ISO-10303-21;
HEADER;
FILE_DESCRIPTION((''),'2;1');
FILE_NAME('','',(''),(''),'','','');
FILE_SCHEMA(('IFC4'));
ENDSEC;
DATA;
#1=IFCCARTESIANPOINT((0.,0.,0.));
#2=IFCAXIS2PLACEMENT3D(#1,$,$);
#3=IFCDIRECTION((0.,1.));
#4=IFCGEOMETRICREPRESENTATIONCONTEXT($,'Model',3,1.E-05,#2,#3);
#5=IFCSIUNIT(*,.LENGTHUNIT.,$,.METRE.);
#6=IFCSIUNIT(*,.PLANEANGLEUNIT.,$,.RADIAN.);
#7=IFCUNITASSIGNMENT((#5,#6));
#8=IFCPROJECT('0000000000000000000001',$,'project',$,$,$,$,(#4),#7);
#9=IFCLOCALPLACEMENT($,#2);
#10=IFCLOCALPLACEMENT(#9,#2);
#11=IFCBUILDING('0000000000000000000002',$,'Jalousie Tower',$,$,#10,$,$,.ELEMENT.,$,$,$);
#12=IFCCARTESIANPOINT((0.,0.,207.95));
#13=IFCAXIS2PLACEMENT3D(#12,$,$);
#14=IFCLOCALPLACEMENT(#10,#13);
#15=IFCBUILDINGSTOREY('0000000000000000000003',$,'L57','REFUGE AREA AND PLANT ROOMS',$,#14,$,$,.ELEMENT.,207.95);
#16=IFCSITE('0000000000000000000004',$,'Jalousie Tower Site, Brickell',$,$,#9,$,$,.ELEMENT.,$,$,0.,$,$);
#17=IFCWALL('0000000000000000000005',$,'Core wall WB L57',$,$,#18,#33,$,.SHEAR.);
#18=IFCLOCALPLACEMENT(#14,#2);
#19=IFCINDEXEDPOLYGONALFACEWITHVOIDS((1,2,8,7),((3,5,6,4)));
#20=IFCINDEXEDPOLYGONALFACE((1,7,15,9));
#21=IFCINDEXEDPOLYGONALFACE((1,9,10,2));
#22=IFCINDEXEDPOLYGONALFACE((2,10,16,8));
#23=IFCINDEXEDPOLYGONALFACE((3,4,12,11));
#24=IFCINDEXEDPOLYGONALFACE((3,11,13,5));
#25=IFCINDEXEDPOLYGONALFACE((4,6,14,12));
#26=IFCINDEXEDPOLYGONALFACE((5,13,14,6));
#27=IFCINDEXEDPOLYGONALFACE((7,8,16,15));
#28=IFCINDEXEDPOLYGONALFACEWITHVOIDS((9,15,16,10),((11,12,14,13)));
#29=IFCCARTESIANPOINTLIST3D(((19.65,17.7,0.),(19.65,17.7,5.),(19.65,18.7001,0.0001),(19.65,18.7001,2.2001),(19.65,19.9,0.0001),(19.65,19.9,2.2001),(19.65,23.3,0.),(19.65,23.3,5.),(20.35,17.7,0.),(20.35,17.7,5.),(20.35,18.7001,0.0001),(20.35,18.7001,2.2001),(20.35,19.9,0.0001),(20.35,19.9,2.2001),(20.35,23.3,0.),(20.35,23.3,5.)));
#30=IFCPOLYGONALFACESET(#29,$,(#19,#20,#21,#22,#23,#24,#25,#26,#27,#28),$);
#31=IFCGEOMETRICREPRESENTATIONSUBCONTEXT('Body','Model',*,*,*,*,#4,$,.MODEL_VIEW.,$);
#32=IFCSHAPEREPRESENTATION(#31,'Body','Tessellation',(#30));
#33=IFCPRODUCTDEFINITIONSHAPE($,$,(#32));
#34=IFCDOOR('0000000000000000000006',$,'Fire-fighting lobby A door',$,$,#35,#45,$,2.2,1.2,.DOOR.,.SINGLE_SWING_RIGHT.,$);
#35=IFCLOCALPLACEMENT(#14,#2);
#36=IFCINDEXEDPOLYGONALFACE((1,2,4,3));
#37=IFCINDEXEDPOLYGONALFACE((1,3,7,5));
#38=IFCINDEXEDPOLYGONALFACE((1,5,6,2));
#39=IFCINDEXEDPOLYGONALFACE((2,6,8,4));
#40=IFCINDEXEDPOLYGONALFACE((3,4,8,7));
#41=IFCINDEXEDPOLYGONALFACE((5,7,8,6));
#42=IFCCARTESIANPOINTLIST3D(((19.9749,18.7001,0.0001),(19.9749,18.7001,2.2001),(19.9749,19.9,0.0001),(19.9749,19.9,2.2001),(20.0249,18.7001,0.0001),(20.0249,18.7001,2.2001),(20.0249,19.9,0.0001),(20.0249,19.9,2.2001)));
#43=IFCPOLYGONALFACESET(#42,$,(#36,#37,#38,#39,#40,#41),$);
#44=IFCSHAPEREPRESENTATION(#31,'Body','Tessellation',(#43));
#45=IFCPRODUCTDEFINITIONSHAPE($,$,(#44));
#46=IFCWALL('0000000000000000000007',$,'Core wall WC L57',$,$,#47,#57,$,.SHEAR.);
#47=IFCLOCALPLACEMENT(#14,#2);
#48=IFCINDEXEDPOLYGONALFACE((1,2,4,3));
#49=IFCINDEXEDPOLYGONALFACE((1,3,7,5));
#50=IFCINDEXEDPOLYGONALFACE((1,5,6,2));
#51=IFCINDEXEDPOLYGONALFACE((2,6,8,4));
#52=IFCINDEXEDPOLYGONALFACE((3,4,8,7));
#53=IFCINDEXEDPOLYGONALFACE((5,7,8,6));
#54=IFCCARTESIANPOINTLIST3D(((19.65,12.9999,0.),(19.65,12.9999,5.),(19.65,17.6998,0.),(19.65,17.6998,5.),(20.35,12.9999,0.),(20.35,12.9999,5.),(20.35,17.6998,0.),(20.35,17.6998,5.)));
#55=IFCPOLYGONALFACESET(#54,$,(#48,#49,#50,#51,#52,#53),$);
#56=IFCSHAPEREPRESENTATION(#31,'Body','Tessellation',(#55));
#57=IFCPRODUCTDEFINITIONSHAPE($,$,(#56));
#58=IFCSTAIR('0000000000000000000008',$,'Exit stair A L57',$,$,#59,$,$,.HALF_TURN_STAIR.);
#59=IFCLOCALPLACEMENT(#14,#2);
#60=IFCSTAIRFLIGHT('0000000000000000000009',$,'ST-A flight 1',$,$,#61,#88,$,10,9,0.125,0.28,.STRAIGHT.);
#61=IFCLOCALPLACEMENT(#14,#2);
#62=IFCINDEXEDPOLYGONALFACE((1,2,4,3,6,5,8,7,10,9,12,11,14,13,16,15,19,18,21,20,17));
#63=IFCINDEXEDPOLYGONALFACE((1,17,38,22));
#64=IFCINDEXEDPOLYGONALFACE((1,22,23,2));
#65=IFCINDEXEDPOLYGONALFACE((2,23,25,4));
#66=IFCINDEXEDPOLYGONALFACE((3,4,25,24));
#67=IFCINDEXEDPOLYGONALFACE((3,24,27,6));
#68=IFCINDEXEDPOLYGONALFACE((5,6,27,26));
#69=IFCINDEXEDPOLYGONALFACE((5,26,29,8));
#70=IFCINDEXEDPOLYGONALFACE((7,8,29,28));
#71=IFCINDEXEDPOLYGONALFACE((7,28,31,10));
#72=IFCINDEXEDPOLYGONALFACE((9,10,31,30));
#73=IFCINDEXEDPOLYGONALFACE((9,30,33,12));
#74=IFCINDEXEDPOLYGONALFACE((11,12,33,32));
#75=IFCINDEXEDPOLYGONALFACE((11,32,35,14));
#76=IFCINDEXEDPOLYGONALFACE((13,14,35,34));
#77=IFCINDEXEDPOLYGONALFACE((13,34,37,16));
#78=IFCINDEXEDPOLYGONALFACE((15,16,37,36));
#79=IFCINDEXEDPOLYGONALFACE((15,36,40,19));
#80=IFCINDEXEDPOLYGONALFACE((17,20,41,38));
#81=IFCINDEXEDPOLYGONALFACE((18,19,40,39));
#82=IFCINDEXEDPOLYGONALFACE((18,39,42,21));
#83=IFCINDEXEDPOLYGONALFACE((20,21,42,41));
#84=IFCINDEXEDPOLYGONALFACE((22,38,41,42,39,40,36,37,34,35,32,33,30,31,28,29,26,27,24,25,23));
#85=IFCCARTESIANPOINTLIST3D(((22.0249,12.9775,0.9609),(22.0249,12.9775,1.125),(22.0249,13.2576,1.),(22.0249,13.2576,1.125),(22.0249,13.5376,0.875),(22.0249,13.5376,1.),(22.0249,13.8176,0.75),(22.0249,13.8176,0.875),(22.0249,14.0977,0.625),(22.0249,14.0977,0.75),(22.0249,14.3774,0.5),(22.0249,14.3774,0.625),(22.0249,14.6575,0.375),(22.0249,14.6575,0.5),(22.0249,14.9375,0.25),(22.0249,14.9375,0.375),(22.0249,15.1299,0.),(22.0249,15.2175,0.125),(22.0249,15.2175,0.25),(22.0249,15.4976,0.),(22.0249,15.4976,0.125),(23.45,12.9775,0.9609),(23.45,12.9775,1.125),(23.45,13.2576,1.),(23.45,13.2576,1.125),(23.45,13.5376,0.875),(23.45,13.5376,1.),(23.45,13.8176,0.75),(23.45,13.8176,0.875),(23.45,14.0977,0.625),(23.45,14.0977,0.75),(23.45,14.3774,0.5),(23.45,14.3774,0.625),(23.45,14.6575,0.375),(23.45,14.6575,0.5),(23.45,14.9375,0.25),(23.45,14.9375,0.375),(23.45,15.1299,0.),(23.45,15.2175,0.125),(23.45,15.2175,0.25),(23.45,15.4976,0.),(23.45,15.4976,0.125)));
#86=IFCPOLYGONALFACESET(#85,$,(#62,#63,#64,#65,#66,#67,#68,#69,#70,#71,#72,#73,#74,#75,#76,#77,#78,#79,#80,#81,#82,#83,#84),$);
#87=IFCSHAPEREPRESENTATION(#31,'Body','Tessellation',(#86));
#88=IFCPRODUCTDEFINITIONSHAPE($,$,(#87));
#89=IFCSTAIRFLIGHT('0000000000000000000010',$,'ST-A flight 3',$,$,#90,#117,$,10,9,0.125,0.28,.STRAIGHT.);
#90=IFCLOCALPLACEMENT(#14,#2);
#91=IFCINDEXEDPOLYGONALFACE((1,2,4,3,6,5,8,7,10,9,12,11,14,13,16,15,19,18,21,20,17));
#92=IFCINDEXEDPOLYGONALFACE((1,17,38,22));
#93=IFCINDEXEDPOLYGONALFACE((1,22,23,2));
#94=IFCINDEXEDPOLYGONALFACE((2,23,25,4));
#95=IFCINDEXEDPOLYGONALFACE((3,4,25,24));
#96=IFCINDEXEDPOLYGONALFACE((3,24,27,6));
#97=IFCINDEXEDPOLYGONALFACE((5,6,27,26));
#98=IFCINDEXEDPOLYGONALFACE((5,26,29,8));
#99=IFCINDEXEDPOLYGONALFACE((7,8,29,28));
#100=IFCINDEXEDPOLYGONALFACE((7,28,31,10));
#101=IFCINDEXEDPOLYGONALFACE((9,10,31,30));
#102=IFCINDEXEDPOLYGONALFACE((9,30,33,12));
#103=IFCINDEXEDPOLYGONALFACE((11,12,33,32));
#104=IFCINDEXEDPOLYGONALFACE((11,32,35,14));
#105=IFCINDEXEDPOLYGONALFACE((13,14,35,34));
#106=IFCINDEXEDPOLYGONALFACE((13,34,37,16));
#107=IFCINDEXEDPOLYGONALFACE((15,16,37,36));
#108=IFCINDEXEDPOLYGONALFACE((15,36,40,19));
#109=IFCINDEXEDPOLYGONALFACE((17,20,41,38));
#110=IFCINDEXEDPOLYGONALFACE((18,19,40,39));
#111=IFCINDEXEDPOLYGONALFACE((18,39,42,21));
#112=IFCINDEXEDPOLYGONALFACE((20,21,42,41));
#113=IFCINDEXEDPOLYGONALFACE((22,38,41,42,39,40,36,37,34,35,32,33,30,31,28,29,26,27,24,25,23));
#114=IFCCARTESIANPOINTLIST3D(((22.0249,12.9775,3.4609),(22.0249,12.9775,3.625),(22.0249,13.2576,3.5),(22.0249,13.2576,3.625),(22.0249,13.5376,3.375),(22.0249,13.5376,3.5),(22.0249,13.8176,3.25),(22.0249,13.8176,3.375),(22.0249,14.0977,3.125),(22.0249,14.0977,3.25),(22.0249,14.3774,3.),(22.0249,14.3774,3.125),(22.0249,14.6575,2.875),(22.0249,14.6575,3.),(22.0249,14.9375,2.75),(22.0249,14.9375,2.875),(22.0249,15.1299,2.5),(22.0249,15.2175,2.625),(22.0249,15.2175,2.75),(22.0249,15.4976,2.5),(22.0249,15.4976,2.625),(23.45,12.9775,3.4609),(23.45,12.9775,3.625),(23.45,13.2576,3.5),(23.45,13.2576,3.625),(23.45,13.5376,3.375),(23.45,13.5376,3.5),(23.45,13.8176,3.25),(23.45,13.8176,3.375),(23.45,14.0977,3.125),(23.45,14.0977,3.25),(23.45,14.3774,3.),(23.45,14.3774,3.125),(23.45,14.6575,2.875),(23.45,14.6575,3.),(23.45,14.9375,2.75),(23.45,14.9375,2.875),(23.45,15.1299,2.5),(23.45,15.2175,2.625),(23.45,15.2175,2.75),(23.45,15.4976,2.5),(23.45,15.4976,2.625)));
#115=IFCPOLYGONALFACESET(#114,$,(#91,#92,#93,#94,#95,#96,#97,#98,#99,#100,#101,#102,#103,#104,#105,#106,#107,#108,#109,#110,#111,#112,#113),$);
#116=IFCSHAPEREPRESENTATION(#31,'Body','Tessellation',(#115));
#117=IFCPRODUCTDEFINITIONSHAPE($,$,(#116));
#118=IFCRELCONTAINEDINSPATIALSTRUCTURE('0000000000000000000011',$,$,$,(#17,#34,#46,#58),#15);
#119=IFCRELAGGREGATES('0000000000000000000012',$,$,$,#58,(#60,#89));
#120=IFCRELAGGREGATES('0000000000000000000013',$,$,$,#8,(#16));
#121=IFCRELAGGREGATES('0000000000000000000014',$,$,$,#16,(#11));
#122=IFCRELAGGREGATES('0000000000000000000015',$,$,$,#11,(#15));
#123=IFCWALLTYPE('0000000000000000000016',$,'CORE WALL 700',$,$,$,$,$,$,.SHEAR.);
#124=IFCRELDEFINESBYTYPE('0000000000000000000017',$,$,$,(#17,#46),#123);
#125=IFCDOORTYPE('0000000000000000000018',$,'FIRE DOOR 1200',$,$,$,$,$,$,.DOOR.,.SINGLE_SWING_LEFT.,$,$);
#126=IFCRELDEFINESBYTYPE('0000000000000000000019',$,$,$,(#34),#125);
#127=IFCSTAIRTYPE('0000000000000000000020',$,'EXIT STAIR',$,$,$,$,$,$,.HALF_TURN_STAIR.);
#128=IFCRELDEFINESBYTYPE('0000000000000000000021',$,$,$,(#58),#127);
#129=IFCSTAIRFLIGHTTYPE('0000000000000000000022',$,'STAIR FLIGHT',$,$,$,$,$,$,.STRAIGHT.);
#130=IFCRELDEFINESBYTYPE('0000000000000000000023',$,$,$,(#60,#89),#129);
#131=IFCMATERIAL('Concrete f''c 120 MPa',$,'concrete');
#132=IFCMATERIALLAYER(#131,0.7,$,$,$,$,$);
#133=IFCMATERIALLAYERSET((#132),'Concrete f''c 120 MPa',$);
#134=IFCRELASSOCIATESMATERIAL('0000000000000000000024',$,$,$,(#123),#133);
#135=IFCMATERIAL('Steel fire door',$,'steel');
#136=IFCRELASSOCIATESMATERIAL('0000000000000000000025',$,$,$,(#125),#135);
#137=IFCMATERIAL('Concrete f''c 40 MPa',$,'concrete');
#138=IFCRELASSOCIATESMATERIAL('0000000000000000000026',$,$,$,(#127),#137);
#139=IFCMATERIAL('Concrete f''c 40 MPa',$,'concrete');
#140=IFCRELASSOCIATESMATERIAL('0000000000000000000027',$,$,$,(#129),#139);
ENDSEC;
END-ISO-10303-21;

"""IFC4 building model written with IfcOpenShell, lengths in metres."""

from ifc_helpers import new_model, si_unit, direction, frame, frame_2d, origin, place, context, subcontext, project, spatial, polyline, rectangle, outline, extrude, material, layer, layer_set, type_object, element, fill, aggregate, save


model = new_model("IFC4")

# Units and contexts
model_context = context("Model", 3, precision=1e-05, world=origin(), true_north=direction((0.0, 1.0)))
body_context = subcontext(model_context, "Body", "Model", "MODEL_VIEW")
ifc_project = project(units=[si_unit("LENGTHUNIT", "METRE"), si_unit("PLANEANGLEUNIT", "RADIAN")], contexts=[model_context])

# Site, building, storey
site_placement = place(None, origin())
site = spatial("IfcSite", under=ifc_project, at=site_placement, Name="Jalousie Tower Site, Brickell", CompositionType="ELEMENT", RefElevation=0.0)
building_placement = place(site_placement, origin())
building = spatial("IfcBuilding", under=site, at=building_placement, Name="Jalousie Tower", CompositionType="ELEMENT")
storey_placement = place(building_placement, frame((0.0, 0.0, 207.95)))
storey = spatial("IfcBuildingStorey", under=building, at=storey_placement, Name="L57", Description="REFUGE AREA AND PLANT ROOMS", CompositionType="ELEMENT", Elevation=207.95)

# Wall, opening, door
ifc_material_1 = material(Name="Concrete f'c 120 MPa", Category="concrete")
ifc_layer_1 = layer(ifc_material_1, 0.7)
ifc_layer_set_1 = layer_set([ifc_layer_1], Name="Concrete f'c 120 MPa")
wall_type_1 = type_object("IfcWallType", Name="CORE WALL 700", PredefinedType="SHEAR", material=ifc_layer_set_1)
wall_1_placement = place(storey_placement, frame((20.0, 23.3, 0.0), z_axis=(0.0, 0.0, 1.0), x_axis=(0.0, -1.0, 0.0)))
wall_1 = element("IfcWall", 1, at=wall_1_placement, inside=storey, type_object=wall_type_1, Name="Core wall WB L57", PredefinedType="SHEAR", context=body_context, shape_type="SweptSolid", body=[
    extrude(rectangle(XDim=5.6001, YDim=0.7, at=frame_2d((2.8, 0.0))), origin(), (0.0, 0.0, 1.0), 5.0),
])
opening_1_placement = place(wall_1_placement, frame((3.3999, 0.0, 0.0)))
opening_1 = element("IfcOpeningElement", 2, at=opening_1_placement, cuts=wall_1, PredefinedType="OPENING", context=body_context, shape_type="SweptSolid", body=[
    extrude(rectangle(XDim=1.2, YDim=2.2, at=frame_2d((0.6001, 1.1001))), frame((0.0, 0.3599, 0.0), z_axis=(0.0, -1.0, 0.0), x_axis=(1.0, 0.0, 0.0)), (0.0, 0.0, 1.0), 0.72),
])
ifc_material_2 = material(Name="Steel fire door", Category="steel")
door_type_1 = type_object("IfcDoorType", Name="FIRE DOOR 1200", OperationType="SINGLE_SWING_LEFT", PredefinedType="DOOR", material=ifc_material_2)
door_1_placement = place(opening_1_placement, origin())
door_1 = element("IfcDoor", 3, at=door_1_placement, inside=storey, type_object=door_type_1, Name="Fire-fighting lobby A door", OperationType="SINGLE_SWING_RIGHT", OverallHeight=2.2, OverallWidth=1.2, PredefinedType="DOOR", context=body_context, shape_type="SweptSolid", body=[
    extrude(rectangle(XDim=1.2, YDim=2.2, at=frame_2d((0.6001, 1.1001))), frame((0.0, 0.0249, 0.0), z_axis=(0.0, -1.0, 0.0), x_axis=(1.0, 0.0, 0.0)), (0.0, 0.0, 1.0), 0.05),
])
fill(opening_1, door_1)

# Wall
wall_2_placement = place(storey_placement, frame((20.0, 17.7, 0.0), z_axis=(0.0, 0.0, 1.0), x_axis=(0.0, -1.0, 0.0)))
element("IfcWall", 4, at=wall_2_placement, inside=storey, type_object=wall_type_1, Name="Core wall WC L57", PredefinedType="SHEAR", context=body_context, shape_type="SweptSolid", body=[
    extrude(rectangle(XDim=4.7, YDim=0.7, at=frame_2d((2.3501, 0.0))), origin(), (0.0, 0.0, 1.0), 5.0),
])

# Stair, stair flights
ifc_material_3 = material(Name="Concrete f'c 40 MPa", Category="concrete")
stair_type = type_object("IfcStairType", Name="EXIT STAIR", PredefinedType="HALF_TURN_STAIR", material=ifc_material_3)
stair_placement = place(storey_placement, origin())
stair = element("IfcStair", 5, at=stair_placement, inside=storey, type_object=stair_type, Name="Exit stair A L57", PredefinedType="HALF_TURN_STAIR")
ifc_material_4 = material(Name="Concrete f'c 40 MPa", Category="concrete")
stair_flight_type = type_object("IfcStairFlightType", Name="STAIR FLIGHT", PredefinedType="STRAIGHT", material=ifc_material_4)
stair_flight_1_placement = place(storey_placement, frame((22.7375, 15.4976, 0.0), z_axis=(0.0, 0.0, 1.0), x_axis=(0.0, -1.0, 0.0)))
stair_flight_1 = element("IfcStairFlight", 6, at=stair_flight_1_placement, type_object=stair_flight_type, Name="ST-A flight 1", NumberOfRisers=10, NumberOfTreads=9, PredefinedType="STRAIGHT", RiserHeight=0.125, TreadLength=0.28, context=body_context, shape_type="SweptSolid", body=[
    extrude(outline(polyline([(0.0, 0.0), (0.0, 0.125), (0.28, 0.125), (0.28, 0.25), (0.5601, 0.25), (0.5601, 0.375), (0.8401, 0.375), (0.8401, 0.5), (1.1201, 0.5), (1.1201, 0.625), (1.3999, 0.625), (1.3999, 0.75), (1.6799, 0.75), (1.6799, 0.875), (1.96, 0.875), (1.96, 1.0), (2.24, 1.0), (2.24, 1.125), (2.52, 1.125), (2.52, 1.25), (2.52, 0.9609), (0.3677, 0.0), (0.0, 0.0)])), frame((0.0, 0.7124, 0.0), z_axis=(0.0, -1.0, 0.0), x_axis=(1.0, 0.0, 0.0)), (0.0, 0.0, 1.0), 1.425),
])
stair_flight_2_placement = place(storey_placement, frame((22.7375, 15.4976, 2.5), z_axis=(0.0, 0.0, 1.0), x_axis=(0.0, -1.0, 0.0)))
stair_flight_2 = element("IfcStairFlight", 7, at=stair_flight_2_placement, type_object=stair_flight_type, Name="ST-A flight 3", NumberOfRisers=10, NumberOfTreads=9, PredefinedType="STRAIGHT", RiserHeight=0.125, TreadLength=0.28, context=body_context, shape_type="SweptSolid", body=[
    extrude(outline(polyline([(0.0, 0.0), (0.0, 0.125), (0.28, 0.125), (0.28, 0.25), (0.5601, 0.25), (0.5601, 0.375), (0.8401, 0.375), (0.8401, 0.5), (1.1201, 0.5), (1.1201, 0.625), (1.3999, 0.625), (1.3999, 0.75), (1.6799, 0.75), (1.6799, 0.875), (1.96, 0.875), (1.96, 1.0), (2.24, 1.0), (2.24, 1.125), (2.52, 1.125), (2.52, 1.25), (2.52, 0.9609), (0.3677, 0.0), (0.0, 0.0)])), frame((0.0, 0.7124, 0.0), z_axis=(0.0, -1.0, 0.0), x_axis=(1.0, 0.0, 0.0)), (0.0, 0.0, 1.0), 1.425),
])
aggregate(stair, [stair_flight_1, stair_flight_2])

save(model, "model.ifc")
